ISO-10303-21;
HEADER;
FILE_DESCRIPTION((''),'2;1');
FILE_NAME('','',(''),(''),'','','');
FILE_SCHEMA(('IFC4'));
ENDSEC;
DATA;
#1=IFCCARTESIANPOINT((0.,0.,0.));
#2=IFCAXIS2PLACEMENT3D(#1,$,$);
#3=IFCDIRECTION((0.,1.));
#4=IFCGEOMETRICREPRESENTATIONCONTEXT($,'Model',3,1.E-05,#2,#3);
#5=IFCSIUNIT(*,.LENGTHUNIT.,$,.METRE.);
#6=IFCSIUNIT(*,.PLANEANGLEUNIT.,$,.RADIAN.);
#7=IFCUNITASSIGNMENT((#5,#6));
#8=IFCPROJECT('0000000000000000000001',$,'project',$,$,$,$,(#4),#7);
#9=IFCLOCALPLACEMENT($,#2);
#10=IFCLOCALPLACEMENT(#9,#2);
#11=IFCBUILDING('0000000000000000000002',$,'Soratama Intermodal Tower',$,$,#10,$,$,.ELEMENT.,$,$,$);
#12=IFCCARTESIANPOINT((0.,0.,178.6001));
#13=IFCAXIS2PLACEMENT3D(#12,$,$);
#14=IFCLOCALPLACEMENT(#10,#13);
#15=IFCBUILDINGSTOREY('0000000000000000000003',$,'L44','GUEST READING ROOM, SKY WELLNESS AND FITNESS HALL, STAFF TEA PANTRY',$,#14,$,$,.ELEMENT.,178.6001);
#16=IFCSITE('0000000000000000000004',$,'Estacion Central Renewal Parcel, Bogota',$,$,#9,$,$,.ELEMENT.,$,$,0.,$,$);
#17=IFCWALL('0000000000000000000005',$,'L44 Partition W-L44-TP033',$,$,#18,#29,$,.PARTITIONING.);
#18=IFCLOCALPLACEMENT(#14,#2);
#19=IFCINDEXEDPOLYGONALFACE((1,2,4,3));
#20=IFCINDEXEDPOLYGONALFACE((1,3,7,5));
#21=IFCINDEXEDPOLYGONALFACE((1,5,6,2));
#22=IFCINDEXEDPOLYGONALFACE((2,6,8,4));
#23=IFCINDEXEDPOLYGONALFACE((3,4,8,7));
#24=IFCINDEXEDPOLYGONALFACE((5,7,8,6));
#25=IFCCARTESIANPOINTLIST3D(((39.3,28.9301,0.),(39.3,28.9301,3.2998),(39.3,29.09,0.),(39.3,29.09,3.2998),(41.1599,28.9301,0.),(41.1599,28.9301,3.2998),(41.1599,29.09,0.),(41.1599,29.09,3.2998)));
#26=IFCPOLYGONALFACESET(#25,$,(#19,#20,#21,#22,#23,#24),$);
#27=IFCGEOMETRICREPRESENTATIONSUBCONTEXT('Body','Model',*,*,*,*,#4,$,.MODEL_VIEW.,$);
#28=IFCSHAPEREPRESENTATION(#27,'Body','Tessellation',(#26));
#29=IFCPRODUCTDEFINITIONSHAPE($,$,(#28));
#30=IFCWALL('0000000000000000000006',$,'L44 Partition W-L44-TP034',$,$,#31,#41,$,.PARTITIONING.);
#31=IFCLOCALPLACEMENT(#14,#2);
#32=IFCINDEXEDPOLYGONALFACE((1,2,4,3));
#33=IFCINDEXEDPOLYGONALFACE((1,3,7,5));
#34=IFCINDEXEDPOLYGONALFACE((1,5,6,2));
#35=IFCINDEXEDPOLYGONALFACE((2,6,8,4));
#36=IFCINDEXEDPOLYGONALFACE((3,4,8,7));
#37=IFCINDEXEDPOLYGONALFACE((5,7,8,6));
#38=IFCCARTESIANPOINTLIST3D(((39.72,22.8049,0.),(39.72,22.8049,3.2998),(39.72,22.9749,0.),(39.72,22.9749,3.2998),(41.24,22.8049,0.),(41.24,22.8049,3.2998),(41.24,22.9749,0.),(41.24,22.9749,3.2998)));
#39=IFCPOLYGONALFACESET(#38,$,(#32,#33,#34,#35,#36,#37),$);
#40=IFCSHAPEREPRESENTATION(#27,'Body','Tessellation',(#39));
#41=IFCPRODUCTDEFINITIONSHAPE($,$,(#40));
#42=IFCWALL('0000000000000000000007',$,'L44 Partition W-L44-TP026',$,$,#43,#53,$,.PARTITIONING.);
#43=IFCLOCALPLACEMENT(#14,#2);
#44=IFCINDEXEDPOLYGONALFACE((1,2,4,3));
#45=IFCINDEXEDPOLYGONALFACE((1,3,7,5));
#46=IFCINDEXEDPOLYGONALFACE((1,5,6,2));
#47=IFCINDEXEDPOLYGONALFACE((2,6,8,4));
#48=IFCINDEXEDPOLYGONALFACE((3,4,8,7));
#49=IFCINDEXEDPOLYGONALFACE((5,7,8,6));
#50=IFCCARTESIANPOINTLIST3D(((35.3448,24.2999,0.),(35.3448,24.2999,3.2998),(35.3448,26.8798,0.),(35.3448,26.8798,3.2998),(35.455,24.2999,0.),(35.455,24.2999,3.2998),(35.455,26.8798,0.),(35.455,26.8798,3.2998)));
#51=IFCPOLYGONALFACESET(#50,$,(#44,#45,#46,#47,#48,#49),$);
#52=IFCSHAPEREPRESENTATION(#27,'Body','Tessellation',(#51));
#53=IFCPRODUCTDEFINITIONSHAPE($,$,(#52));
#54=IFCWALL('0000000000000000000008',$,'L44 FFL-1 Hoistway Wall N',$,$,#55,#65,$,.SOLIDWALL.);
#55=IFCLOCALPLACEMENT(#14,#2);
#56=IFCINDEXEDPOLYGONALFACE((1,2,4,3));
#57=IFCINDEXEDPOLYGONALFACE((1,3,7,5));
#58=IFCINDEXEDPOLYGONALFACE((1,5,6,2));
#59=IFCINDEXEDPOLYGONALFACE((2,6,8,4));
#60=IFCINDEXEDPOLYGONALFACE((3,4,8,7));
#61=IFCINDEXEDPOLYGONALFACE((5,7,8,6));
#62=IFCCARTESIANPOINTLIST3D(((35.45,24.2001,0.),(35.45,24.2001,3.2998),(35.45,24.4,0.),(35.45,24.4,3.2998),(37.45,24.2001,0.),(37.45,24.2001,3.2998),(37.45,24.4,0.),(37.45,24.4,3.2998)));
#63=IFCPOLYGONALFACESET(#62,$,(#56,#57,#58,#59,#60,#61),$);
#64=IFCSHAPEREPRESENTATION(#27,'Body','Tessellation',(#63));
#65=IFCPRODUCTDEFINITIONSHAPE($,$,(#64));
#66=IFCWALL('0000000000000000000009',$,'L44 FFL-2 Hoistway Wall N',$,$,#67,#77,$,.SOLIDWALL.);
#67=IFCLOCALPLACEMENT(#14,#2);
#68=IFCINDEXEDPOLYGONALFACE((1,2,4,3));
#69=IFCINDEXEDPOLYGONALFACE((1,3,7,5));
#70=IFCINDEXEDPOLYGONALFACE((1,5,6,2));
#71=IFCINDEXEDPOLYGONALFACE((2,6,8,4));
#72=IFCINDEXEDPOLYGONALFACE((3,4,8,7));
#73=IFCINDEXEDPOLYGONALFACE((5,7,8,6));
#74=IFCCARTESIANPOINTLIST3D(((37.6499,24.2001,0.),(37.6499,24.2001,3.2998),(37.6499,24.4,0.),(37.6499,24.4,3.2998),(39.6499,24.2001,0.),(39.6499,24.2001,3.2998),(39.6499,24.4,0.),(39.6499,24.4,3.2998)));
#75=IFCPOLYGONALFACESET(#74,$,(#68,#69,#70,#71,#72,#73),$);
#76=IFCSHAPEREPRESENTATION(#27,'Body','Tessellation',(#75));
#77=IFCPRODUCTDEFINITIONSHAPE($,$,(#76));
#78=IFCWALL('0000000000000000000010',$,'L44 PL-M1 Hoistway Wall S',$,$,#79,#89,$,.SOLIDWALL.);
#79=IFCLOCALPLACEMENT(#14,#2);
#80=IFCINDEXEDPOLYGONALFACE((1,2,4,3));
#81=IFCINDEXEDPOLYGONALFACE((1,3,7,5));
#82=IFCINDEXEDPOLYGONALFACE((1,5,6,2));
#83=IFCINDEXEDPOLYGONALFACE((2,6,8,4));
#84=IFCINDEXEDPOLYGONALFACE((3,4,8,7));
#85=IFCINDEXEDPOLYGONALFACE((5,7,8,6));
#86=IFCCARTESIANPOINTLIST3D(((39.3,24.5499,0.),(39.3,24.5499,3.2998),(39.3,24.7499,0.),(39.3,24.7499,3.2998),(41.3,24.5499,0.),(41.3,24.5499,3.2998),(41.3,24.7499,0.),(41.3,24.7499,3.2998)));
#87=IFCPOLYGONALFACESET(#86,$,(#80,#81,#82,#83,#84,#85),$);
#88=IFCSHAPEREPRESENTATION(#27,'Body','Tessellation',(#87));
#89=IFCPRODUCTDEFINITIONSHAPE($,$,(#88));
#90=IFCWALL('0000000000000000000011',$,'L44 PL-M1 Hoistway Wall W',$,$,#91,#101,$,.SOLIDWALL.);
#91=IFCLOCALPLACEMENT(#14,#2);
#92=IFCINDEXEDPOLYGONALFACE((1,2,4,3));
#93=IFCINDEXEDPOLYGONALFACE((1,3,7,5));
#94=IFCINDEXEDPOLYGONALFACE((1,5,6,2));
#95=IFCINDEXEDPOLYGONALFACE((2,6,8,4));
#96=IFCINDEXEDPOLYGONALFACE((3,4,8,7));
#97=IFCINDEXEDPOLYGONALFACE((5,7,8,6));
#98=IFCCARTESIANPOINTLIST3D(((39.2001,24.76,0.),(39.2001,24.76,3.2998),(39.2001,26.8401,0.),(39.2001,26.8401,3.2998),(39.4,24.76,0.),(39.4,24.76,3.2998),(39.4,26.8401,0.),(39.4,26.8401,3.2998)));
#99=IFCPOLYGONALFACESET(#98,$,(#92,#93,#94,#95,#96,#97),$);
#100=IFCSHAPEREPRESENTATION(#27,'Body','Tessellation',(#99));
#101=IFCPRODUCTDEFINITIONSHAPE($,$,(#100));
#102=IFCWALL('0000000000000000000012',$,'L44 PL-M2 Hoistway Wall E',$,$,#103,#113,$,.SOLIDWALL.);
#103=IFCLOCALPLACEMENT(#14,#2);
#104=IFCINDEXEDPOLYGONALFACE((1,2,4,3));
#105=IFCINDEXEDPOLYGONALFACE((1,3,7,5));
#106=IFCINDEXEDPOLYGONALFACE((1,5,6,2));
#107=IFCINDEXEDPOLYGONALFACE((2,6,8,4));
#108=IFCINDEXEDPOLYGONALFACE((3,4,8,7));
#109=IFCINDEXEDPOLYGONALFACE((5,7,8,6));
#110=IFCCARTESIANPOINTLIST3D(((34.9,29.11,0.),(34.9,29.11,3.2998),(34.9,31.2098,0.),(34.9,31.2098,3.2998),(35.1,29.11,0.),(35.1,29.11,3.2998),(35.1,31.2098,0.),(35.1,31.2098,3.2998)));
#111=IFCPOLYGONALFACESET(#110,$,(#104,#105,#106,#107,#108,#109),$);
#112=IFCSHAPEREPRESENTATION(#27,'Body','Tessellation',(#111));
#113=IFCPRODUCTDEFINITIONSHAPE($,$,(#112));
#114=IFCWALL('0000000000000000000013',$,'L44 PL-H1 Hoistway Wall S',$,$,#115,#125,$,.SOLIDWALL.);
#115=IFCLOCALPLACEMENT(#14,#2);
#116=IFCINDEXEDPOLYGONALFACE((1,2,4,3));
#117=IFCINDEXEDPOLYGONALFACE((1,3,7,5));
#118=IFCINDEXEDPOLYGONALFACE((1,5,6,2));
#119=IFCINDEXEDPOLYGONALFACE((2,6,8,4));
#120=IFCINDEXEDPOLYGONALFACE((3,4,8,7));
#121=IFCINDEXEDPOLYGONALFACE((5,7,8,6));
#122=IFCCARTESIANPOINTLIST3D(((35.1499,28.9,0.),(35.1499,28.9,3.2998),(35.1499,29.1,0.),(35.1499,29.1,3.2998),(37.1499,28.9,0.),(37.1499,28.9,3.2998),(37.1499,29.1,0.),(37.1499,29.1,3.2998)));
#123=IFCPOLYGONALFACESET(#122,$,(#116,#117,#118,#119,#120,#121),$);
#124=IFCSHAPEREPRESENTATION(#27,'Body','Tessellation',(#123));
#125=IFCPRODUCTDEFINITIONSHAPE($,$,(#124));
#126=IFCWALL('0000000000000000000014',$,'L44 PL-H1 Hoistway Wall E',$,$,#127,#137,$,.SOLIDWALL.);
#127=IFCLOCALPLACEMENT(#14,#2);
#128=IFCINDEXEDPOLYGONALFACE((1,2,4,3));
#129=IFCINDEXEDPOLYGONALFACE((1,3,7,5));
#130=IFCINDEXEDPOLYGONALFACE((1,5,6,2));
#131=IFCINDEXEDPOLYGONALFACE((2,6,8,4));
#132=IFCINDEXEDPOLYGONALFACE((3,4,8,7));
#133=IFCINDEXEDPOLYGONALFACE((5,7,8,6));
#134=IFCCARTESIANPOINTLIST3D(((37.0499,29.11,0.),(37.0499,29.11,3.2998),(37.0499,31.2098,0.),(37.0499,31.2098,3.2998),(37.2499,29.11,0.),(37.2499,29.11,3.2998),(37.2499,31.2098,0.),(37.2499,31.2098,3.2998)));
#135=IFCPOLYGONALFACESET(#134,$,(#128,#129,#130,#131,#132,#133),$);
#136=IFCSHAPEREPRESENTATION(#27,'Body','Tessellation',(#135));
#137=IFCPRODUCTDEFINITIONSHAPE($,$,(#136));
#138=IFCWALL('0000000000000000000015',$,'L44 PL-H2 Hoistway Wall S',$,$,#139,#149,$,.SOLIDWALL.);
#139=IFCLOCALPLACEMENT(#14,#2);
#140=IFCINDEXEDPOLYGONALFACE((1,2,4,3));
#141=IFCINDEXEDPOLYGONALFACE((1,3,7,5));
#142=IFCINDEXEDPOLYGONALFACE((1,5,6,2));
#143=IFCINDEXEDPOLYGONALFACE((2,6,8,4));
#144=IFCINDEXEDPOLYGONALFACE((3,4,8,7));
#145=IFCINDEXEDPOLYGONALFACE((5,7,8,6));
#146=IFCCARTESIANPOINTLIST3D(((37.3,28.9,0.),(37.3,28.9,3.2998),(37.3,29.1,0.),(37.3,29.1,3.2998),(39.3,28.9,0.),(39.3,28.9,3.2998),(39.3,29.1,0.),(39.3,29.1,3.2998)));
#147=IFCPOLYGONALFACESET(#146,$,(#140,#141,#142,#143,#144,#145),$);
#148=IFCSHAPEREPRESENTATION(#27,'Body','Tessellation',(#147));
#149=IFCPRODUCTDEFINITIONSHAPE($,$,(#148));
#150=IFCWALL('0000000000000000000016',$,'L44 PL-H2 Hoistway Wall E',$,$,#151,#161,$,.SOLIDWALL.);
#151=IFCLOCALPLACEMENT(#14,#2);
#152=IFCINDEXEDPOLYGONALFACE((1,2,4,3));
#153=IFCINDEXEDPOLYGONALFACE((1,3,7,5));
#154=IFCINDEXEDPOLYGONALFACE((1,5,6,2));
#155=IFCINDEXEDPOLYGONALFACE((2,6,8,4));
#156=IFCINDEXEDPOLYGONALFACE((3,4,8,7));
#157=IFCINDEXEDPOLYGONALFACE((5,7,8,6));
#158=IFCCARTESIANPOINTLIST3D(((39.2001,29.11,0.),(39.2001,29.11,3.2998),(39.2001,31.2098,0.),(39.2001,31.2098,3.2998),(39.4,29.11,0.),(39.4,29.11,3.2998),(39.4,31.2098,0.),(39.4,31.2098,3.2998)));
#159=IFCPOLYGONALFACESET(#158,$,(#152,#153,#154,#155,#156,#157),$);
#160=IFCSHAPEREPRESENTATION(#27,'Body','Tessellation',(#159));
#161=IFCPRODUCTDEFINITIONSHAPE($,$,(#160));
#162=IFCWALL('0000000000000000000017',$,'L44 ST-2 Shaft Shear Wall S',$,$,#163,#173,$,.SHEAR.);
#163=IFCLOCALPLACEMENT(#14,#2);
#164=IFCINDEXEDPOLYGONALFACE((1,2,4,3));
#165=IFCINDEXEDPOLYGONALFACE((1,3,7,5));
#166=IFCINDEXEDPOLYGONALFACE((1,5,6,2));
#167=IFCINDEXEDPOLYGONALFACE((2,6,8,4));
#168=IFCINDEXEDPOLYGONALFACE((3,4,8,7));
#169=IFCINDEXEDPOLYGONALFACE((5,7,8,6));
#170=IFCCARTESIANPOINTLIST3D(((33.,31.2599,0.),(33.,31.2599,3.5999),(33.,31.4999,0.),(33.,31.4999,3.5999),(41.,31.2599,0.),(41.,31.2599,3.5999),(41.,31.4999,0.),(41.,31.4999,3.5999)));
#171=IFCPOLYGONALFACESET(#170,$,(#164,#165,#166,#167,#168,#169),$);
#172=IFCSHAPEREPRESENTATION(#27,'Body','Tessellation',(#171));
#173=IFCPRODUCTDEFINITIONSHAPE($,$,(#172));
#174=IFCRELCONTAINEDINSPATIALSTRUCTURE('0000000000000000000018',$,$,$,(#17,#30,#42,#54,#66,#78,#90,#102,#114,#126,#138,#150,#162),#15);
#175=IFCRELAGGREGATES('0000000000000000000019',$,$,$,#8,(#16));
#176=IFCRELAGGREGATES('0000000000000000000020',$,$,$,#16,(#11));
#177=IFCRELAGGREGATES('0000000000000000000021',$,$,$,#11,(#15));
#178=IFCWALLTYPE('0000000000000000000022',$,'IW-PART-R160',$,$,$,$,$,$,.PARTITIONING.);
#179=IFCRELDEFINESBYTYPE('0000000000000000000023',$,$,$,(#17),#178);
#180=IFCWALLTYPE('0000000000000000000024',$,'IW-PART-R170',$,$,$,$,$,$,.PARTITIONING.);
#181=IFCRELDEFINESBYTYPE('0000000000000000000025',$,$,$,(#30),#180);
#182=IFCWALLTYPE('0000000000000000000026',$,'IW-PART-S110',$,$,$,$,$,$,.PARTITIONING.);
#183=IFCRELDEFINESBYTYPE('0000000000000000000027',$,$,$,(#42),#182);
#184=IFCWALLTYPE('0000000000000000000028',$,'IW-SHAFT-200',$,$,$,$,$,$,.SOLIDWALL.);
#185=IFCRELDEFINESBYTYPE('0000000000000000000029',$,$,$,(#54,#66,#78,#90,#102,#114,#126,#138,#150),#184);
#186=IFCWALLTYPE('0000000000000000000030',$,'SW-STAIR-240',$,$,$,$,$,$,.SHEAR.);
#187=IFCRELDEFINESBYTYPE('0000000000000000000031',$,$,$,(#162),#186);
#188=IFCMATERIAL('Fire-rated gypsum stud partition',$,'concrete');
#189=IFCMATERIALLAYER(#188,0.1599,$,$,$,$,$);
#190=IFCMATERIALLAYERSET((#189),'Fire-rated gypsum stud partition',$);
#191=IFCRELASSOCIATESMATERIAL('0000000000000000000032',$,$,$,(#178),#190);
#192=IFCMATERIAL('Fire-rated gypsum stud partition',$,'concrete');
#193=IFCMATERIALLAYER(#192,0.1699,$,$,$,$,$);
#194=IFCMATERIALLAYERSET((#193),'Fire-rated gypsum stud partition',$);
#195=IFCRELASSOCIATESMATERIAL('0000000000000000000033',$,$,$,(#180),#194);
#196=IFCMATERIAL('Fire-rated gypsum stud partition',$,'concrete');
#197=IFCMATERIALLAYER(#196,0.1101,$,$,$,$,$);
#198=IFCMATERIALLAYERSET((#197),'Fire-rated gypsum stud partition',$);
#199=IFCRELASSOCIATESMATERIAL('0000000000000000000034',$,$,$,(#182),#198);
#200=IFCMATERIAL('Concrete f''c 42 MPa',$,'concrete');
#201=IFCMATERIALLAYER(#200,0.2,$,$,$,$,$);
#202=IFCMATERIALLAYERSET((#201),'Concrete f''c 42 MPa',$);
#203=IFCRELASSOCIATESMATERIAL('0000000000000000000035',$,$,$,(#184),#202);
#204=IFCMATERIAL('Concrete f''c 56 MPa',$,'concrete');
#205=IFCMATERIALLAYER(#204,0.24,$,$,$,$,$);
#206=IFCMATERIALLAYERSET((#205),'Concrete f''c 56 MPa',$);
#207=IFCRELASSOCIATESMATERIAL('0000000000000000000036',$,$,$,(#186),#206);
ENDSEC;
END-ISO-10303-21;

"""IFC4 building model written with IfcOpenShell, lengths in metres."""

from ifc_helpers import new_model, si_unit, direction, frame, frame_2d, origin, place, context, subcontext, project, spatial, rectangle, extrude, material, layer, layer_set, type_object, element, save


model = new_model("IFC4")

# Units and contexts
model_context = context("Model", 3, precision=1e-05, world=origin(), true_north=direction((0.0, 1.0)))
body_context = subcontext(model_context, "Body", "Model", "MODEL_VIEW")
ifc_project = project(units=[si_unit("LENGTHUNIT", "METRE"), si_unit("PLANEANGLEUNIT", "RADIAN")], contexts=[model_context])

# Site, building, storey
site_placement = place(None, origin())
site = spatial("IfcSite", under=ifc_project, at=site_placement, Name="Estacion Central Renewal Parcel, Bogota", CompositionType="ELEMENT", RefElevation=0.0)
building_placement = place(site_placement, origin())
building = spatial("IfcBuilding", under=site, at=building_placement, Name="Soratama Intermodal Tower", CompositionType="ELEMENT")
storey_placement = place(building_placement, frame((0.0, 0.0, 178.6001)))
storey = spatial("IfcBuildingStorey", under=building, at=storey_placement, Name="L44", Description="GUEST READING ROOM, SKY WELLNESS AND FITNESS HALL, STAFF TEA PANTRY", CompositionType="ELEMENT", Elevation=178.6001)

# Shared definitions
ifc_material_1 = material(Name="Fire-rated gypsum stud partition", Category="concrete")
ifc_layer_1 = layer(ifc_material_1, 0.1599)
ifc_layer_set_1 = layer_set([ifc_layer_1], Name="Fire-rated gypsum stud partition")
wall_type_1 = type_object("IfcWallType", Name="IW-PART-R160", PredefinedType="PARTITIONING", material=ifc_layer_set_1)

# Walls
wall_1_placement = place(storey_placement, frame((39.3, 29.01, 0.0), z_axis=(0.0, 0.0, 1.0), x_axis=(1.0, 0.0, 0.0)))
element("IfcWall", 1, at=wall_1_placement, inside=storey, type_object=wall_type_1, Name="L44 Partition W-L44-TP033", PredefinedType="PARTITIONING", context=body_context, shape_type="SweptSolid", body=[
    extrude(rectangle(XDim=1.8599, YDim=0.1599, at=frame_2d((0.9299, 0.0))), origin(), (0.0, 0.0, 1.0), 3.2998),
])
ifc_material_2 = material(Name="Fire-rated gypsum stud partition", Category="concrete")
ifc_layer_2 = layer(ifc_material_2, 0.1699)
ifc_layer_set_2 = layer_set([ifc_layer_2], Name="Fire-rated gypsum stud partition")
wall_type_2 = type_object("IfcWallType", Name="IW-PART-R170", PredefinedType="PARTITIONING", material=ifc_layer_set_2)
wall_2_placement = place(storey_placement, frame((39.72, 22.8899, 0.0), z_axis=(0.0, 0.0, 1.0), x_axis=(1.0, 0.0, 0.0)))
element("IfcWall", 2, at=wall_2_placement, inside=storey, type_object=wall_type_2, Name="L44 Partition W-L44-TP034", PredefinedType="PARTITIONING", context=body_context, shape_type="SweptSolid", body=[
    extrude(rectangle(XDim=1.52, YDim=0.1699, at=frame_2d((0.76, 0.0))), origin(), (0.0, 0.0, 1.0), 3.2998),
])
ifc_material_3 = material(Name="Fire-rated gypsum stud partition", Category="concrete")
ifc_layer_3 = layer(ifc_material_3, 0.1101)
ifc_layer_set_3 = layer_set([ifc_layer_3], Name="Fire-rated gypsum stud partition")
wall_type_3 = type_object("IfcWallType", Name="IW-PART-S110", PredefinedType="PARTITIONING", material=ifc_layer_set_3)
wall_3_placement = place(storey_placement, frame((35.3999, 26.8799, 0.0), z_axis=(0.0, 0.0, 1.0), x_axis=(0.0, -1.0, 0.0)))
element("IfcWall", 3, at=wall_3_placement, inside=storey, type_object=wall_type_3, Name="L44 Partition W-L44-TP026", PredefinedType="PARTITIONING", context=body_context, shape_type="SweptSolid", body=[
    extrude(rectangle(XDim=2.5798, YDim=0.1101, at=frame_2d((1.29, 0.0))), origin(), (0.0, 0.0, 1.0), 3.2998),
])
ifc_material_4 = material(Name="Concrete f'c 42 MPa", Category="concrete")
ifc_layer_4 = layer(ifc_material_4, 0.2)
ifc_layer_set_4 = layer_set([ifc_layer_4], Name="Concrete f'c 42 MPa")
wall_type_4 = type_object("IfcWallType", Name="IW-SHAFT-200", PredefinedType="SOLIDWALL", material=ifc_layer_set_4)
for number, where, z_axis, x_axis, name in (
    (4, (35.45, 24.3, 0.0), (0.0, 0.0, 1.0), (1.0, 0.0, 0.0), "L44 FFL-1 Hoistway Wall N"),
    (5, (37.6499, 24.3, 0.0), (0.0, 0.0, 1.0), (1.0, 0.0, 0.0), "L44 FFL-2 Hoistway Wall N"),
    (6, (39.3, 24.6499, 0.0), (0.0, 0.0, 1.0), (1.0, 0.0, 0.0), "L44 PL-M1 Hoistway Wall S"),
):
    element("IfcWall", number, at=place(storey_placement, frame(where, z_axis=z_axis, x_axis=x_axis)), inside=storey, type_object=wall_type_4, Name=name, PredefinedType="SOLIDWALL", context=body_context, shape_type="SweptSolid", body=[
        extrude(rectangle(XDim=2.0, YDim=0.2, at=frame_2d((1.0, 0.0))), origin(), (0.0, 0.0, 1.0), 3.2998),
    ])

# Walls
wall_4_placement = place(storey_placement, frame((39.3, 24.76, 0.0), z_axis=(0.0, 0.0, 1.0), x_axis=(0.0, 1.0, 0.0)))
element("IfcWall", 7, at=wall_4_placement, inside=storey, type_object=wall_type_4, Name="L44 PL-M1 Hoistway Wall W", PredefinedType="SOLIDWALL", context=body_context, shape_type="SweptSolid", body=[
    extrude(rectangle(XDim=2.0801, YDim=0.2, at=frame_2d((1.04, 0.0))), origin(), (0.0, 0.0, 1.0), 3.2998),
])
wall_5_placement = place(storey_placement, frame((35.0, 29.1101, 0.0), z_axis=(0.0, 0.0, 1.0), x_axis=(0.0, 1.0, 0.0)))
element("IfcWall", 8, at=wall_5_placement, inside=storey, type_object=wall_type_4, Name="L44 PL-M2 Hoistway Wall E", PredefinedType="SOLIDWALL", context=body_context, shape_type="SweptSolid", body=[
    extrude(rectangle(XDim=2.0999, YDim=0.2, at=frame_2d((1.0498, 0.0))), origin(), (0.0, 0.0, 1.0), 3.2998),
])
wall_6_placement = place(storey_placement, frame((35.1499, 29.0, 0.0), z_axis=(0.0, 0.0, 1.0), x_axis=(1.0, 0.0, 0.0)))
element("IfcWall", 9, at=wall_6_placement, inside=storey, type_object=wall_type_4, Name="L44 PL-H1 Hoistway Wall S", PredefinedType="SOLIDWALL", context=body_context, shape_type="SweptSolid", body=[
    extrude(rectangle(XDim=2.0, YDim=0.2, at=frame_2d((1.0, 0.0))), origin(), (0.0, 0.0, 1.0), 3.2998),
])
wall_7_placement = place(storey_placement, frame((37.1499, 29.1101, 0.0), z_axis=(0.0, 0.0, 1.0), x_axis=(0.0, 1.0, 0.0)))
element("IfcWall", 10, at=wall_7_placement, inside=storey, type_object=wall_type_4, Name="L44 PL-H1 Hoistway Wall E", PredefinedType="SOLIDWALL", context=body_context, shape_type="SweptSolid", body=[
    extrude(rectangle(XDim=2.0999, YDim=0.2, at=frame_2d((1.0498, 0.0))), origin(), (0.0, 0.0, 1.0), 3.2998),
])
wall_8_placement = place(storey_placement, frame((37.3, 29.0, 0.0), z_axis=(0.0, 0.0, 1.0), x_axis=(1.0, 0.0, 0.0)))
element("IfcWall", 11, at=wall_8_placement, inside=storey, type_object=wall_type_4, Name="L44 PL-H2 Hoistway Wall S", PredefinedType="SOLIDWALL", context=body_context, shape_type="SweptSolid", body=[
    extrude(rectangle(XDim=2.0, YDim=0.2, at=frame_2d((1.0, 0.0))), origin(), (0.0, 0.0, 1.0), 3.2998),
])
wall_9_placement = place(storey_placement, frame((39.3, 29.1101, 0.0), z_axis=(0.0, 0.0, 1.0), x_axis=(0.0, 1.0, 0.0)))
element("IfcWall", 12, at=wall_9_placement, inside=storey, type_object=wall_type_4, Name="L44 PL-H2 Hoistway Wall E", PredefinedType="SOLIDWALL", context=body_context, shape_type="SweptSolid", body=[
    extrude(rectangle(XDim=2.0999, YDim=0.2, at=frame_2d((1.0498, 0.0))), origin(), (0.0, 0.0, 1.0), 3.2998),
])

# Shared definitions
ifc_material_5 = material(Name="Concrete f'c 56 MPa", Category="concrete")
ifc_layer_5 = layer(ifc_material_5, 0.24)
ifc_layer_set_5 = layer_set([ifc_layer_5], Name="Concrete f'c 56 MPa")
wall_type_5 = type_object("IfcWallType", Name="SW-STAIR-240", PredefinedType="SHEAR", material=ifc_layer_set_5)

# Wall
wall_10_placement = place(storey_placement, frame((33.0, 31.3799, 0.0), z_axis=(0.0, 0.0, 1.0), x_axis=(1.0, 0.0, 0.0)))
element("IfcWall", 13, at=wall_10_placement, inside=storey, type_object=wall_type_5, Name="L44 ST-2 Shaft Shear Wall S", PredefinedType="SHEAR", context=body_context, shape_type="SweptSolid", body=[
    extrude(rectangle(XDim=8.0, YDim=0.24, at=frame_2d((4.0, 0.0))), origin(), (0.0, 0.0, 1.0), 3.5999),
])

save(model, "model.ifc")
